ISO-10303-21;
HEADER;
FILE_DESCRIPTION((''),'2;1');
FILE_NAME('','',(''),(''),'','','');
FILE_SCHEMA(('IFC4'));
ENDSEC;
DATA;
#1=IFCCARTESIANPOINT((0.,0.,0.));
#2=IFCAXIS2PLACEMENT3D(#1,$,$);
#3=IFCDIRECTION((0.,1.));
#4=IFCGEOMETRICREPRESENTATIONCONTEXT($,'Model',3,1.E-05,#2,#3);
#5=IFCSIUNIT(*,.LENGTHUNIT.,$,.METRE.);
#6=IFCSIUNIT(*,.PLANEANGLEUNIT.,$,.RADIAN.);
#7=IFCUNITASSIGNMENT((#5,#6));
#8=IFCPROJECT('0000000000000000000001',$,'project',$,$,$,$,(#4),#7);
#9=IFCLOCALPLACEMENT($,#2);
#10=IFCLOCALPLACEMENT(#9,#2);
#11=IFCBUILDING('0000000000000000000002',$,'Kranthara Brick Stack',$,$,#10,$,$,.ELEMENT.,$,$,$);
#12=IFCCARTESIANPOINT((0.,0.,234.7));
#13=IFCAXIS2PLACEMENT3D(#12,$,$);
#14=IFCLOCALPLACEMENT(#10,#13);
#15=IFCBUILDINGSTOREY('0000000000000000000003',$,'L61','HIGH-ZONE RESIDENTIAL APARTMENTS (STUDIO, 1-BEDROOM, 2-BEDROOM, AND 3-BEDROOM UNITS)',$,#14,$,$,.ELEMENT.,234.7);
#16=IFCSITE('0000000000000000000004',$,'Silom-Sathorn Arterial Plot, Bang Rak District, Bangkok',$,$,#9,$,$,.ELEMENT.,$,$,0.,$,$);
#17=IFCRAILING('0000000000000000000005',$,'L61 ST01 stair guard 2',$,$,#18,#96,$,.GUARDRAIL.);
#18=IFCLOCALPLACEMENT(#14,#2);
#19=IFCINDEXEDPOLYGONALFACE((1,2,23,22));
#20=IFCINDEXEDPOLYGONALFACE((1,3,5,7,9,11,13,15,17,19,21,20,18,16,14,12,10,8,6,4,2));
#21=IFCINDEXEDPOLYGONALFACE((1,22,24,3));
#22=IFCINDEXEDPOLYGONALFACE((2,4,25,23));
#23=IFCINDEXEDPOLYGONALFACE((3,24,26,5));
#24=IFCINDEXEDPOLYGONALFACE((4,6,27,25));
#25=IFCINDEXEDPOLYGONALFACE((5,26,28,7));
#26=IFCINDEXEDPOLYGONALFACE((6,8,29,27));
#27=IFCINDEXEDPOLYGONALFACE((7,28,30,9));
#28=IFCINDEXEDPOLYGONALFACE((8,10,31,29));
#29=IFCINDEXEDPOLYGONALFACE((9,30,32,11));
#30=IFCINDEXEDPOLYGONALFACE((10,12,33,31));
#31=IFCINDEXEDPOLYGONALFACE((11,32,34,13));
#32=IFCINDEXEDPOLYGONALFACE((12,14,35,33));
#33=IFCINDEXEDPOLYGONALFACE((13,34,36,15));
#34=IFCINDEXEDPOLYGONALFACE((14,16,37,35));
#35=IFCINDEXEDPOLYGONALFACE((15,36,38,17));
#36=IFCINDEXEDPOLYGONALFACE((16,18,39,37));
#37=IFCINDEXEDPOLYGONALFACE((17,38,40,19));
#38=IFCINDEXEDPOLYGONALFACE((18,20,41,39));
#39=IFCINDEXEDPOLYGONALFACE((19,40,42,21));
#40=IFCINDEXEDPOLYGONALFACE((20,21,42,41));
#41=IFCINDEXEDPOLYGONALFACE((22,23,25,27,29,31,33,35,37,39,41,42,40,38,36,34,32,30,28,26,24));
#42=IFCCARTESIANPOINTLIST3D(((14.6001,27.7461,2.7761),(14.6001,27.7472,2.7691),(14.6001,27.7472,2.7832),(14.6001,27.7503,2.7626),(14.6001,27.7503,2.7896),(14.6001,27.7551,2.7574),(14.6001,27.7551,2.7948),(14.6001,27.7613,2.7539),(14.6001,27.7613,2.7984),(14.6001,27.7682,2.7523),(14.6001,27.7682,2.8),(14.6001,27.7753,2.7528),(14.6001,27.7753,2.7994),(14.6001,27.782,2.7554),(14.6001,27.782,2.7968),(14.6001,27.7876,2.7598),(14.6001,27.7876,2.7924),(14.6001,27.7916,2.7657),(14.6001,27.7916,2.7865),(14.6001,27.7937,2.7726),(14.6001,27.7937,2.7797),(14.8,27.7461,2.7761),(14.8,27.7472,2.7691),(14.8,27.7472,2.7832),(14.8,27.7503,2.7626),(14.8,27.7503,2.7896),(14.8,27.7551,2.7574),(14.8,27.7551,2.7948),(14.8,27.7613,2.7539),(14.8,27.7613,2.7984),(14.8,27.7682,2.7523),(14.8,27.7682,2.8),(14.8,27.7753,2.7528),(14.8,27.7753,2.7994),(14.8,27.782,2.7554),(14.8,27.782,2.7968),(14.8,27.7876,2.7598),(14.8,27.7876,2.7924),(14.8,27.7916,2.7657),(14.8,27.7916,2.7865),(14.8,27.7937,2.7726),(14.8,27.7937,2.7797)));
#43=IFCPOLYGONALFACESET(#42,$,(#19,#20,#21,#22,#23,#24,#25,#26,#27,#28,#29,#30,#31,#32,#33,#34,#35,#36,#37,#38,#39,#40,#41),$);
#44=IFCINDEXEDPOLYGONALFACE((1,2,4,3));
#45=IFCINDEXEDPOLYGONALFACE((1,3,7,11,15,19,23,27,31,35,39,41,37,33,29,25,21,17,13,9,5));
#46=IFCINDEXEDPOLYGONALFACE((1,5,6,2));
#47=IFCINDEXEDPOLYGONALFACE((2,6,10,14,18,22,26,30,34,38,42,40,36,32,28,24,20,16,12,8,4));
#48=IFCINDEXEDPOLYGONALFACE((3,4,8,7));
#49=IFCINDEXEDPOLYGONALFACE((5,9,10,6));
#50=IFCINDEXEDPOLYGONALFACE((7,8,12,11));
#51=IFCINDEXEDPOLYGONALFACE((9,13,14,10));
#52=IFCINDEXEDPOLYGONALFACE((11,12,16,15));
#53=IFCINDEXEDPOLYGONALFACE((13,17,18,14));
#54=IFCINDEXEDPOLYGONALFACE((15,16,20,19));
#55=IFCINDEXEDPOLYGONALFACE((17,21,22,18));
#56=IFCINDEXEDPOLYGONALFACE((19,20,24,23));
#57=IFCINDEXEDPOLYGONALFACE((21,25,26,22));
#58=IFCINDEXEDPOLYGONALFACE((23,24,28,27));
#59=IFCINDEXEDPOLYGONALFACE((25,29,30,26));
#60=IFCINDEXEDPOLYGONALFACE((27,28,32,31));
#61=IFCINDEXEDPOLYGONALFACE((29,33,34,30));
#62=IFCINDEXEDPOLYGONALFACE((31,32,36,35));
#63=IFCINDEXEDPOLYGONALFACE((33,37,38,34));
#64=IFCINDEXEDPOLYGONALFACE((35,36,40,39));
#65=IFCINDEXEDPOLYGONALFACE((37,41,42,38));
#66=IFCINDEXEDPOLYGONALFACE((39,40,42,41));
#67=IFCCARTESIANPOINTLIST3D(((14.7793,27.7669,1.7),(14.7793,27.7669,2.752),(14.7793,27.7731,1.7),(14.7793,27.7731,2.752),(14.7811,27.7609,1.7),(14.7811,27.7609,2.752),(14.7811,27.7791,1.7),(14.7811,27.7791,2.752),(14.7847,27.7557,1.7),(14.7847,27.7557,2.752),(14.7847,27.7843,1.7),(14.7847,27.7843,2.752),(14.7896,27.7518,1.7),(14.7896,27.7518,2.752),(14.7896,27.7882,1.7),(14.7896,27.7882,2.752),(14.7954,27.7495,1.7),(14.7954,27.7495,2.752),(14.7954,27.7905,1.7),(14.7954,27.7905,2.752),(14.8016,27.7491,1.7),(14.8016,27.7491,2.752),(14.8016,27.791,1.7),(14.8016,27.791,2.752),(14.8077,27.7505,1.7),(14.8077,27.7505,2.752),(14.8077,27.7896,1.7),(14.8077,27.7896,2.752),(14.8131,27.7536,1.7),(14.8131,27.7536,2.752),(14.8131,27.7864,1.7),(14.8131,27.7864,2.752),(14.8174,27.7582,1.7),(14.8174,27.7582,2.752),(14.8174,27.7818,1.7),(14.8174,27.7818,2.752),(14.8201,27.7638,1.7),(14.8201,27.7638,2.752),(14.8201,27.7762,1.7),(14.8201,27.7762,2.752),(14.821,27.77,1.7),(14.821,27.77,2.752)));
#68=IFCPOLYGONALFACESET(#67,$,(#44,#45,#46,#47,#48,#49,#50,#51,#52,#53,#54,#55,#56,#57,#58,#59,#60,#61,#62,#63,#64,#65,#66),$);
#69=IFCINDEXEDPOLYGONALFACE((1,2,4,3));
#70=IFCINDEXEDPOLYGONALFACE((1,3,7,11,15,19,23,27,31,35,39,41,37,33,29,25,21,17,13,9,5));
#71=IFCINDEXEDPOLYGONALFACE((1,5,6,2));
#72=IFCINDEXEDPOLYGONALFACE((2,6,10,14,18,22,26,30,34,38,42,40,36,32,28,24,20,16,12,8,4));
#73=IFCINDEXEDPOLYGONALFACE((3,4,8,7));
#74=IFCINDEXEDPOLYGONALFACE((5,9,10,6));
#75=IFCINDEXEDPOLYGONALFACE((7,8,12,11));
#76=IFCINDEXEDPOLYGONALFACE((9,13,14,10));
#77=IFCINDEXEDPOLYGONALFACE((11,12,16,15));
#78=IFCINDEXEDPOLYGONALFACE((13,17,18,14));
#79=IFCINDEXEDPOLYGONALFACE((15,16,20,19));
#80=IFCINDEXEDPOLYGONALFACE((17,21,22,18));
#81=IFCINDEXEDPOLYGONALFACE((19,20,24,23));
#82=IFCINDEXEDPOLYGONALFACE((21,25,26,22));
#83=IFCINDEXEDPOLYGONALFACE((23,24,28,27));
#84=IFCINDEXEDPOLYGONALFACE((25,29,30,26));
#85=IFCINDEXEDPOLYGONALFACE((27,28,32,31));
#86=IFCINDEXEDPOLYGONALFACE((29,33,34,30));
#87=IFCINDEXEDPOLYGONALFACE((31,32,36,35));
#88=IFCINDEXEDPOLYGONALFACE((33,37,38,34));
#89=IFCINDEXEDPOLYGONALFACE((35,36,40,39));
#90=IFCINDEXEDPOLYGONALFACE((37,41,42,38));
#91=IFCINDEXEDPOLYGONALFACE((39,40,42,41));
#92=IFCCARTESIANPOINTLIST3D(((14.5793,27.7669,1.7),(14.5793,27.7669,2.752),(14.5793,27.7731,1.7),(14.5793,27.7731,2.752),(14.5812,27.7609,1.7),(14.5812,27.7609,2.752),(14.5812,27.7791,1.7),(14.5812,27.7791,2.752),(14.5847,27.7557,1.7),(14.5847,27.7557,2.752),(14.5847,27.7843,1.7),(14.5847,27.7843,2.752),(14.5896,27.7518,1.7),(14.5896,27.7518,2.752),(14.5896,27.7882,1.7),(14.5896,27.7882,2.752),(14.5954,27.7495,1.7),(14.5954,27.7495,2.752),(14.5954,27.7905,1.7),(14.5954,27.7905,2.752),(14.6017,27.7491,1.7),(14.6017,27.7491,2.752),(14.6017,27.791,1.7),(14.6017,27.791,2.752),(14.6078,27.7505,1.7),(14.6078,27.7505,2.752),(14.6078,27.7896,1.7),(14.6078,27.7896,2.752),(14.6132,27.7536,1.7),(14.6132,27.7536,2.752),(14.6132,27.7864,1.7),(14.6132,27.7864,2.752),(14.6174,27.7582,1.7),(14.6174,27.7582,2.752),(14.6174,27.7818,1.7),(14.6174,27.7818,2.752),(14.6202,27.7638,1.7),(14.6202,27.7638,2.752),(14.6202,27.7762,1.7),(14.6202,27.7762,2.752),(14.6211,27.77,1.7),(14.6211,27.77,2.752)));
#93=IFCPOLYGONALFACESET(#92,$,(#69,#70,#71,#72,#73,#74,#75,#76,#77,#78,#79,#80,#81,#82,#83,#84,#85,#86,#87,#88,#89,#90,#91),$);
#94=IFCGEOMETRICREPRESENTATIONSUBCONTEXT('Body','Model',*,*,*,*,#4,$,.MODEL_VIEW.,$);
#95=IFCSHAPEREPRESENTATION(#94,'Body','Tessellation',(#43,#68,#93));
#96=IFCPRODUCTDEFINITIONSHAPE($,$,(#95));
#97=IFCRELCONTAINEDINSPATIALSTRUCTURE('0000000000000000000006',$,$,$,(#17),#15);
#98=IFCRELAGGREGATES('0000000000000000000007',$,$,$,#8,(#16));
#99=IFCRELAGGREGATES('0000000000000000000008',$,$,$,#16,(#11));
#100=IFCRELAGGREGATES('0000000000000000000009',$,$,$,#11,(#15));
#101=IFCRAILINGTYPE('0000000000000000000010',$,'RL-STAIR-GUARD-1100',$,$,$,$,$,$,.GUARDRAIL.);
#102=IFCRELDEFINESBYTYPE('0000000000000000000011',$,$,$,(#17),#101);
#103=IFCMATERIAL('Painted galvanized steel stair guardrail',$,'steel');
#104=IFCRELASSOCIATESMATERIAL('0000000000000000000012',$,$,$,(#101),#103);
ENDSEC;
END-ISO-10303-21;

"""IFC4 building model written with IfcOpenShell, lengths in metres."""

from ifc_helpers import new_model, si_unit, direction, frame, origin, origin_2d, place, context, subcontext, project, spatial, circle, extrude, material, type_object, element, save


model = new_model("IFC4")

# Units and contexts
model_context = context("Model", 3, precision=1e-05, world=origin(), true_north=direction((0.0, 1.0)))
body_context = subcontext(model_context, "Body", "Model", "MODEL_VIEW")
ifc_project = project(units=[si_unit("LENGTHUNIT", "METRE"), si_unit("PLANEANGLEUNIT", "RADIAN")], contexts=[model_context])

# Site, building, storey
site_placement = place(None, origin())
site = spatial("IfcSite", under=ifc_project, at=site_placement, Name="Silom-Sathorn Arterial Plot, Bang Rak District, Bangkok", CompositionType="ELEMENT", RefElevation=0.0)
building_placement = place(site_placement, origin())
building = spatial("IfcBuilding", under=site, at=building_placement, Name="Kranthara Brick Stack", CompositionType="ELEMENT")
storey_placement = place(building_placement, frame((0.0, 0.0, 234.7)))
storey = spatial("IfcBuildingStorey", under=building, at=storey_placement, Name="L61", Description="HIGH-ZONE RESIDENTIAL APARTMENTS (STUDIO, 1-BEDROOM, 2-BEDROOM, AND 3-BEDROOM UNITS)", CompositionType="ELEMENT", Elevation=234.7)

# Railing
ifc_material_1 = material(Name="Painted galvanized steel stair guardrail", Category="steel")
railing_type_1 = type_object("IfcRailingType", Name="RL-STAIR-GUARD-1100", PredefinedType="GUARDRAIL", material=ifc_material_1)
railing_1_placement = place(storey_placement, frame((14.8, 27.77, 1.7)))
element("IfcRailing", 1, at=railing_1_placement, inside=storey, type_object=railing_type_1, Name="L61 ST01 stair guard 2", PredefinedType="GUARDRAIL", context=body_context, shape_type="SweptSolid", body=[
    extrude(circle(Radius=0.0239, at=origin_2d()), frame((0.0, 0.0, 1.0762), z_axis=(-1.0, 0.0, 0.0), x_axis=(0.0, -1.0, 0.0)), (0.0, 0.0, 1.0), 0.2),
    extrude(circle(Radius=0.021, at=origin_2d()), origin(), (0.0, 0.0, 1.0), 1.052),
    extrude(circle(Radius=0.021, at=origin_2d()), frame((-0.2, 0.0, 0.0)), (0.0, 0.0, 1.0), 1.052),
])

save(model, "model.ifc")
